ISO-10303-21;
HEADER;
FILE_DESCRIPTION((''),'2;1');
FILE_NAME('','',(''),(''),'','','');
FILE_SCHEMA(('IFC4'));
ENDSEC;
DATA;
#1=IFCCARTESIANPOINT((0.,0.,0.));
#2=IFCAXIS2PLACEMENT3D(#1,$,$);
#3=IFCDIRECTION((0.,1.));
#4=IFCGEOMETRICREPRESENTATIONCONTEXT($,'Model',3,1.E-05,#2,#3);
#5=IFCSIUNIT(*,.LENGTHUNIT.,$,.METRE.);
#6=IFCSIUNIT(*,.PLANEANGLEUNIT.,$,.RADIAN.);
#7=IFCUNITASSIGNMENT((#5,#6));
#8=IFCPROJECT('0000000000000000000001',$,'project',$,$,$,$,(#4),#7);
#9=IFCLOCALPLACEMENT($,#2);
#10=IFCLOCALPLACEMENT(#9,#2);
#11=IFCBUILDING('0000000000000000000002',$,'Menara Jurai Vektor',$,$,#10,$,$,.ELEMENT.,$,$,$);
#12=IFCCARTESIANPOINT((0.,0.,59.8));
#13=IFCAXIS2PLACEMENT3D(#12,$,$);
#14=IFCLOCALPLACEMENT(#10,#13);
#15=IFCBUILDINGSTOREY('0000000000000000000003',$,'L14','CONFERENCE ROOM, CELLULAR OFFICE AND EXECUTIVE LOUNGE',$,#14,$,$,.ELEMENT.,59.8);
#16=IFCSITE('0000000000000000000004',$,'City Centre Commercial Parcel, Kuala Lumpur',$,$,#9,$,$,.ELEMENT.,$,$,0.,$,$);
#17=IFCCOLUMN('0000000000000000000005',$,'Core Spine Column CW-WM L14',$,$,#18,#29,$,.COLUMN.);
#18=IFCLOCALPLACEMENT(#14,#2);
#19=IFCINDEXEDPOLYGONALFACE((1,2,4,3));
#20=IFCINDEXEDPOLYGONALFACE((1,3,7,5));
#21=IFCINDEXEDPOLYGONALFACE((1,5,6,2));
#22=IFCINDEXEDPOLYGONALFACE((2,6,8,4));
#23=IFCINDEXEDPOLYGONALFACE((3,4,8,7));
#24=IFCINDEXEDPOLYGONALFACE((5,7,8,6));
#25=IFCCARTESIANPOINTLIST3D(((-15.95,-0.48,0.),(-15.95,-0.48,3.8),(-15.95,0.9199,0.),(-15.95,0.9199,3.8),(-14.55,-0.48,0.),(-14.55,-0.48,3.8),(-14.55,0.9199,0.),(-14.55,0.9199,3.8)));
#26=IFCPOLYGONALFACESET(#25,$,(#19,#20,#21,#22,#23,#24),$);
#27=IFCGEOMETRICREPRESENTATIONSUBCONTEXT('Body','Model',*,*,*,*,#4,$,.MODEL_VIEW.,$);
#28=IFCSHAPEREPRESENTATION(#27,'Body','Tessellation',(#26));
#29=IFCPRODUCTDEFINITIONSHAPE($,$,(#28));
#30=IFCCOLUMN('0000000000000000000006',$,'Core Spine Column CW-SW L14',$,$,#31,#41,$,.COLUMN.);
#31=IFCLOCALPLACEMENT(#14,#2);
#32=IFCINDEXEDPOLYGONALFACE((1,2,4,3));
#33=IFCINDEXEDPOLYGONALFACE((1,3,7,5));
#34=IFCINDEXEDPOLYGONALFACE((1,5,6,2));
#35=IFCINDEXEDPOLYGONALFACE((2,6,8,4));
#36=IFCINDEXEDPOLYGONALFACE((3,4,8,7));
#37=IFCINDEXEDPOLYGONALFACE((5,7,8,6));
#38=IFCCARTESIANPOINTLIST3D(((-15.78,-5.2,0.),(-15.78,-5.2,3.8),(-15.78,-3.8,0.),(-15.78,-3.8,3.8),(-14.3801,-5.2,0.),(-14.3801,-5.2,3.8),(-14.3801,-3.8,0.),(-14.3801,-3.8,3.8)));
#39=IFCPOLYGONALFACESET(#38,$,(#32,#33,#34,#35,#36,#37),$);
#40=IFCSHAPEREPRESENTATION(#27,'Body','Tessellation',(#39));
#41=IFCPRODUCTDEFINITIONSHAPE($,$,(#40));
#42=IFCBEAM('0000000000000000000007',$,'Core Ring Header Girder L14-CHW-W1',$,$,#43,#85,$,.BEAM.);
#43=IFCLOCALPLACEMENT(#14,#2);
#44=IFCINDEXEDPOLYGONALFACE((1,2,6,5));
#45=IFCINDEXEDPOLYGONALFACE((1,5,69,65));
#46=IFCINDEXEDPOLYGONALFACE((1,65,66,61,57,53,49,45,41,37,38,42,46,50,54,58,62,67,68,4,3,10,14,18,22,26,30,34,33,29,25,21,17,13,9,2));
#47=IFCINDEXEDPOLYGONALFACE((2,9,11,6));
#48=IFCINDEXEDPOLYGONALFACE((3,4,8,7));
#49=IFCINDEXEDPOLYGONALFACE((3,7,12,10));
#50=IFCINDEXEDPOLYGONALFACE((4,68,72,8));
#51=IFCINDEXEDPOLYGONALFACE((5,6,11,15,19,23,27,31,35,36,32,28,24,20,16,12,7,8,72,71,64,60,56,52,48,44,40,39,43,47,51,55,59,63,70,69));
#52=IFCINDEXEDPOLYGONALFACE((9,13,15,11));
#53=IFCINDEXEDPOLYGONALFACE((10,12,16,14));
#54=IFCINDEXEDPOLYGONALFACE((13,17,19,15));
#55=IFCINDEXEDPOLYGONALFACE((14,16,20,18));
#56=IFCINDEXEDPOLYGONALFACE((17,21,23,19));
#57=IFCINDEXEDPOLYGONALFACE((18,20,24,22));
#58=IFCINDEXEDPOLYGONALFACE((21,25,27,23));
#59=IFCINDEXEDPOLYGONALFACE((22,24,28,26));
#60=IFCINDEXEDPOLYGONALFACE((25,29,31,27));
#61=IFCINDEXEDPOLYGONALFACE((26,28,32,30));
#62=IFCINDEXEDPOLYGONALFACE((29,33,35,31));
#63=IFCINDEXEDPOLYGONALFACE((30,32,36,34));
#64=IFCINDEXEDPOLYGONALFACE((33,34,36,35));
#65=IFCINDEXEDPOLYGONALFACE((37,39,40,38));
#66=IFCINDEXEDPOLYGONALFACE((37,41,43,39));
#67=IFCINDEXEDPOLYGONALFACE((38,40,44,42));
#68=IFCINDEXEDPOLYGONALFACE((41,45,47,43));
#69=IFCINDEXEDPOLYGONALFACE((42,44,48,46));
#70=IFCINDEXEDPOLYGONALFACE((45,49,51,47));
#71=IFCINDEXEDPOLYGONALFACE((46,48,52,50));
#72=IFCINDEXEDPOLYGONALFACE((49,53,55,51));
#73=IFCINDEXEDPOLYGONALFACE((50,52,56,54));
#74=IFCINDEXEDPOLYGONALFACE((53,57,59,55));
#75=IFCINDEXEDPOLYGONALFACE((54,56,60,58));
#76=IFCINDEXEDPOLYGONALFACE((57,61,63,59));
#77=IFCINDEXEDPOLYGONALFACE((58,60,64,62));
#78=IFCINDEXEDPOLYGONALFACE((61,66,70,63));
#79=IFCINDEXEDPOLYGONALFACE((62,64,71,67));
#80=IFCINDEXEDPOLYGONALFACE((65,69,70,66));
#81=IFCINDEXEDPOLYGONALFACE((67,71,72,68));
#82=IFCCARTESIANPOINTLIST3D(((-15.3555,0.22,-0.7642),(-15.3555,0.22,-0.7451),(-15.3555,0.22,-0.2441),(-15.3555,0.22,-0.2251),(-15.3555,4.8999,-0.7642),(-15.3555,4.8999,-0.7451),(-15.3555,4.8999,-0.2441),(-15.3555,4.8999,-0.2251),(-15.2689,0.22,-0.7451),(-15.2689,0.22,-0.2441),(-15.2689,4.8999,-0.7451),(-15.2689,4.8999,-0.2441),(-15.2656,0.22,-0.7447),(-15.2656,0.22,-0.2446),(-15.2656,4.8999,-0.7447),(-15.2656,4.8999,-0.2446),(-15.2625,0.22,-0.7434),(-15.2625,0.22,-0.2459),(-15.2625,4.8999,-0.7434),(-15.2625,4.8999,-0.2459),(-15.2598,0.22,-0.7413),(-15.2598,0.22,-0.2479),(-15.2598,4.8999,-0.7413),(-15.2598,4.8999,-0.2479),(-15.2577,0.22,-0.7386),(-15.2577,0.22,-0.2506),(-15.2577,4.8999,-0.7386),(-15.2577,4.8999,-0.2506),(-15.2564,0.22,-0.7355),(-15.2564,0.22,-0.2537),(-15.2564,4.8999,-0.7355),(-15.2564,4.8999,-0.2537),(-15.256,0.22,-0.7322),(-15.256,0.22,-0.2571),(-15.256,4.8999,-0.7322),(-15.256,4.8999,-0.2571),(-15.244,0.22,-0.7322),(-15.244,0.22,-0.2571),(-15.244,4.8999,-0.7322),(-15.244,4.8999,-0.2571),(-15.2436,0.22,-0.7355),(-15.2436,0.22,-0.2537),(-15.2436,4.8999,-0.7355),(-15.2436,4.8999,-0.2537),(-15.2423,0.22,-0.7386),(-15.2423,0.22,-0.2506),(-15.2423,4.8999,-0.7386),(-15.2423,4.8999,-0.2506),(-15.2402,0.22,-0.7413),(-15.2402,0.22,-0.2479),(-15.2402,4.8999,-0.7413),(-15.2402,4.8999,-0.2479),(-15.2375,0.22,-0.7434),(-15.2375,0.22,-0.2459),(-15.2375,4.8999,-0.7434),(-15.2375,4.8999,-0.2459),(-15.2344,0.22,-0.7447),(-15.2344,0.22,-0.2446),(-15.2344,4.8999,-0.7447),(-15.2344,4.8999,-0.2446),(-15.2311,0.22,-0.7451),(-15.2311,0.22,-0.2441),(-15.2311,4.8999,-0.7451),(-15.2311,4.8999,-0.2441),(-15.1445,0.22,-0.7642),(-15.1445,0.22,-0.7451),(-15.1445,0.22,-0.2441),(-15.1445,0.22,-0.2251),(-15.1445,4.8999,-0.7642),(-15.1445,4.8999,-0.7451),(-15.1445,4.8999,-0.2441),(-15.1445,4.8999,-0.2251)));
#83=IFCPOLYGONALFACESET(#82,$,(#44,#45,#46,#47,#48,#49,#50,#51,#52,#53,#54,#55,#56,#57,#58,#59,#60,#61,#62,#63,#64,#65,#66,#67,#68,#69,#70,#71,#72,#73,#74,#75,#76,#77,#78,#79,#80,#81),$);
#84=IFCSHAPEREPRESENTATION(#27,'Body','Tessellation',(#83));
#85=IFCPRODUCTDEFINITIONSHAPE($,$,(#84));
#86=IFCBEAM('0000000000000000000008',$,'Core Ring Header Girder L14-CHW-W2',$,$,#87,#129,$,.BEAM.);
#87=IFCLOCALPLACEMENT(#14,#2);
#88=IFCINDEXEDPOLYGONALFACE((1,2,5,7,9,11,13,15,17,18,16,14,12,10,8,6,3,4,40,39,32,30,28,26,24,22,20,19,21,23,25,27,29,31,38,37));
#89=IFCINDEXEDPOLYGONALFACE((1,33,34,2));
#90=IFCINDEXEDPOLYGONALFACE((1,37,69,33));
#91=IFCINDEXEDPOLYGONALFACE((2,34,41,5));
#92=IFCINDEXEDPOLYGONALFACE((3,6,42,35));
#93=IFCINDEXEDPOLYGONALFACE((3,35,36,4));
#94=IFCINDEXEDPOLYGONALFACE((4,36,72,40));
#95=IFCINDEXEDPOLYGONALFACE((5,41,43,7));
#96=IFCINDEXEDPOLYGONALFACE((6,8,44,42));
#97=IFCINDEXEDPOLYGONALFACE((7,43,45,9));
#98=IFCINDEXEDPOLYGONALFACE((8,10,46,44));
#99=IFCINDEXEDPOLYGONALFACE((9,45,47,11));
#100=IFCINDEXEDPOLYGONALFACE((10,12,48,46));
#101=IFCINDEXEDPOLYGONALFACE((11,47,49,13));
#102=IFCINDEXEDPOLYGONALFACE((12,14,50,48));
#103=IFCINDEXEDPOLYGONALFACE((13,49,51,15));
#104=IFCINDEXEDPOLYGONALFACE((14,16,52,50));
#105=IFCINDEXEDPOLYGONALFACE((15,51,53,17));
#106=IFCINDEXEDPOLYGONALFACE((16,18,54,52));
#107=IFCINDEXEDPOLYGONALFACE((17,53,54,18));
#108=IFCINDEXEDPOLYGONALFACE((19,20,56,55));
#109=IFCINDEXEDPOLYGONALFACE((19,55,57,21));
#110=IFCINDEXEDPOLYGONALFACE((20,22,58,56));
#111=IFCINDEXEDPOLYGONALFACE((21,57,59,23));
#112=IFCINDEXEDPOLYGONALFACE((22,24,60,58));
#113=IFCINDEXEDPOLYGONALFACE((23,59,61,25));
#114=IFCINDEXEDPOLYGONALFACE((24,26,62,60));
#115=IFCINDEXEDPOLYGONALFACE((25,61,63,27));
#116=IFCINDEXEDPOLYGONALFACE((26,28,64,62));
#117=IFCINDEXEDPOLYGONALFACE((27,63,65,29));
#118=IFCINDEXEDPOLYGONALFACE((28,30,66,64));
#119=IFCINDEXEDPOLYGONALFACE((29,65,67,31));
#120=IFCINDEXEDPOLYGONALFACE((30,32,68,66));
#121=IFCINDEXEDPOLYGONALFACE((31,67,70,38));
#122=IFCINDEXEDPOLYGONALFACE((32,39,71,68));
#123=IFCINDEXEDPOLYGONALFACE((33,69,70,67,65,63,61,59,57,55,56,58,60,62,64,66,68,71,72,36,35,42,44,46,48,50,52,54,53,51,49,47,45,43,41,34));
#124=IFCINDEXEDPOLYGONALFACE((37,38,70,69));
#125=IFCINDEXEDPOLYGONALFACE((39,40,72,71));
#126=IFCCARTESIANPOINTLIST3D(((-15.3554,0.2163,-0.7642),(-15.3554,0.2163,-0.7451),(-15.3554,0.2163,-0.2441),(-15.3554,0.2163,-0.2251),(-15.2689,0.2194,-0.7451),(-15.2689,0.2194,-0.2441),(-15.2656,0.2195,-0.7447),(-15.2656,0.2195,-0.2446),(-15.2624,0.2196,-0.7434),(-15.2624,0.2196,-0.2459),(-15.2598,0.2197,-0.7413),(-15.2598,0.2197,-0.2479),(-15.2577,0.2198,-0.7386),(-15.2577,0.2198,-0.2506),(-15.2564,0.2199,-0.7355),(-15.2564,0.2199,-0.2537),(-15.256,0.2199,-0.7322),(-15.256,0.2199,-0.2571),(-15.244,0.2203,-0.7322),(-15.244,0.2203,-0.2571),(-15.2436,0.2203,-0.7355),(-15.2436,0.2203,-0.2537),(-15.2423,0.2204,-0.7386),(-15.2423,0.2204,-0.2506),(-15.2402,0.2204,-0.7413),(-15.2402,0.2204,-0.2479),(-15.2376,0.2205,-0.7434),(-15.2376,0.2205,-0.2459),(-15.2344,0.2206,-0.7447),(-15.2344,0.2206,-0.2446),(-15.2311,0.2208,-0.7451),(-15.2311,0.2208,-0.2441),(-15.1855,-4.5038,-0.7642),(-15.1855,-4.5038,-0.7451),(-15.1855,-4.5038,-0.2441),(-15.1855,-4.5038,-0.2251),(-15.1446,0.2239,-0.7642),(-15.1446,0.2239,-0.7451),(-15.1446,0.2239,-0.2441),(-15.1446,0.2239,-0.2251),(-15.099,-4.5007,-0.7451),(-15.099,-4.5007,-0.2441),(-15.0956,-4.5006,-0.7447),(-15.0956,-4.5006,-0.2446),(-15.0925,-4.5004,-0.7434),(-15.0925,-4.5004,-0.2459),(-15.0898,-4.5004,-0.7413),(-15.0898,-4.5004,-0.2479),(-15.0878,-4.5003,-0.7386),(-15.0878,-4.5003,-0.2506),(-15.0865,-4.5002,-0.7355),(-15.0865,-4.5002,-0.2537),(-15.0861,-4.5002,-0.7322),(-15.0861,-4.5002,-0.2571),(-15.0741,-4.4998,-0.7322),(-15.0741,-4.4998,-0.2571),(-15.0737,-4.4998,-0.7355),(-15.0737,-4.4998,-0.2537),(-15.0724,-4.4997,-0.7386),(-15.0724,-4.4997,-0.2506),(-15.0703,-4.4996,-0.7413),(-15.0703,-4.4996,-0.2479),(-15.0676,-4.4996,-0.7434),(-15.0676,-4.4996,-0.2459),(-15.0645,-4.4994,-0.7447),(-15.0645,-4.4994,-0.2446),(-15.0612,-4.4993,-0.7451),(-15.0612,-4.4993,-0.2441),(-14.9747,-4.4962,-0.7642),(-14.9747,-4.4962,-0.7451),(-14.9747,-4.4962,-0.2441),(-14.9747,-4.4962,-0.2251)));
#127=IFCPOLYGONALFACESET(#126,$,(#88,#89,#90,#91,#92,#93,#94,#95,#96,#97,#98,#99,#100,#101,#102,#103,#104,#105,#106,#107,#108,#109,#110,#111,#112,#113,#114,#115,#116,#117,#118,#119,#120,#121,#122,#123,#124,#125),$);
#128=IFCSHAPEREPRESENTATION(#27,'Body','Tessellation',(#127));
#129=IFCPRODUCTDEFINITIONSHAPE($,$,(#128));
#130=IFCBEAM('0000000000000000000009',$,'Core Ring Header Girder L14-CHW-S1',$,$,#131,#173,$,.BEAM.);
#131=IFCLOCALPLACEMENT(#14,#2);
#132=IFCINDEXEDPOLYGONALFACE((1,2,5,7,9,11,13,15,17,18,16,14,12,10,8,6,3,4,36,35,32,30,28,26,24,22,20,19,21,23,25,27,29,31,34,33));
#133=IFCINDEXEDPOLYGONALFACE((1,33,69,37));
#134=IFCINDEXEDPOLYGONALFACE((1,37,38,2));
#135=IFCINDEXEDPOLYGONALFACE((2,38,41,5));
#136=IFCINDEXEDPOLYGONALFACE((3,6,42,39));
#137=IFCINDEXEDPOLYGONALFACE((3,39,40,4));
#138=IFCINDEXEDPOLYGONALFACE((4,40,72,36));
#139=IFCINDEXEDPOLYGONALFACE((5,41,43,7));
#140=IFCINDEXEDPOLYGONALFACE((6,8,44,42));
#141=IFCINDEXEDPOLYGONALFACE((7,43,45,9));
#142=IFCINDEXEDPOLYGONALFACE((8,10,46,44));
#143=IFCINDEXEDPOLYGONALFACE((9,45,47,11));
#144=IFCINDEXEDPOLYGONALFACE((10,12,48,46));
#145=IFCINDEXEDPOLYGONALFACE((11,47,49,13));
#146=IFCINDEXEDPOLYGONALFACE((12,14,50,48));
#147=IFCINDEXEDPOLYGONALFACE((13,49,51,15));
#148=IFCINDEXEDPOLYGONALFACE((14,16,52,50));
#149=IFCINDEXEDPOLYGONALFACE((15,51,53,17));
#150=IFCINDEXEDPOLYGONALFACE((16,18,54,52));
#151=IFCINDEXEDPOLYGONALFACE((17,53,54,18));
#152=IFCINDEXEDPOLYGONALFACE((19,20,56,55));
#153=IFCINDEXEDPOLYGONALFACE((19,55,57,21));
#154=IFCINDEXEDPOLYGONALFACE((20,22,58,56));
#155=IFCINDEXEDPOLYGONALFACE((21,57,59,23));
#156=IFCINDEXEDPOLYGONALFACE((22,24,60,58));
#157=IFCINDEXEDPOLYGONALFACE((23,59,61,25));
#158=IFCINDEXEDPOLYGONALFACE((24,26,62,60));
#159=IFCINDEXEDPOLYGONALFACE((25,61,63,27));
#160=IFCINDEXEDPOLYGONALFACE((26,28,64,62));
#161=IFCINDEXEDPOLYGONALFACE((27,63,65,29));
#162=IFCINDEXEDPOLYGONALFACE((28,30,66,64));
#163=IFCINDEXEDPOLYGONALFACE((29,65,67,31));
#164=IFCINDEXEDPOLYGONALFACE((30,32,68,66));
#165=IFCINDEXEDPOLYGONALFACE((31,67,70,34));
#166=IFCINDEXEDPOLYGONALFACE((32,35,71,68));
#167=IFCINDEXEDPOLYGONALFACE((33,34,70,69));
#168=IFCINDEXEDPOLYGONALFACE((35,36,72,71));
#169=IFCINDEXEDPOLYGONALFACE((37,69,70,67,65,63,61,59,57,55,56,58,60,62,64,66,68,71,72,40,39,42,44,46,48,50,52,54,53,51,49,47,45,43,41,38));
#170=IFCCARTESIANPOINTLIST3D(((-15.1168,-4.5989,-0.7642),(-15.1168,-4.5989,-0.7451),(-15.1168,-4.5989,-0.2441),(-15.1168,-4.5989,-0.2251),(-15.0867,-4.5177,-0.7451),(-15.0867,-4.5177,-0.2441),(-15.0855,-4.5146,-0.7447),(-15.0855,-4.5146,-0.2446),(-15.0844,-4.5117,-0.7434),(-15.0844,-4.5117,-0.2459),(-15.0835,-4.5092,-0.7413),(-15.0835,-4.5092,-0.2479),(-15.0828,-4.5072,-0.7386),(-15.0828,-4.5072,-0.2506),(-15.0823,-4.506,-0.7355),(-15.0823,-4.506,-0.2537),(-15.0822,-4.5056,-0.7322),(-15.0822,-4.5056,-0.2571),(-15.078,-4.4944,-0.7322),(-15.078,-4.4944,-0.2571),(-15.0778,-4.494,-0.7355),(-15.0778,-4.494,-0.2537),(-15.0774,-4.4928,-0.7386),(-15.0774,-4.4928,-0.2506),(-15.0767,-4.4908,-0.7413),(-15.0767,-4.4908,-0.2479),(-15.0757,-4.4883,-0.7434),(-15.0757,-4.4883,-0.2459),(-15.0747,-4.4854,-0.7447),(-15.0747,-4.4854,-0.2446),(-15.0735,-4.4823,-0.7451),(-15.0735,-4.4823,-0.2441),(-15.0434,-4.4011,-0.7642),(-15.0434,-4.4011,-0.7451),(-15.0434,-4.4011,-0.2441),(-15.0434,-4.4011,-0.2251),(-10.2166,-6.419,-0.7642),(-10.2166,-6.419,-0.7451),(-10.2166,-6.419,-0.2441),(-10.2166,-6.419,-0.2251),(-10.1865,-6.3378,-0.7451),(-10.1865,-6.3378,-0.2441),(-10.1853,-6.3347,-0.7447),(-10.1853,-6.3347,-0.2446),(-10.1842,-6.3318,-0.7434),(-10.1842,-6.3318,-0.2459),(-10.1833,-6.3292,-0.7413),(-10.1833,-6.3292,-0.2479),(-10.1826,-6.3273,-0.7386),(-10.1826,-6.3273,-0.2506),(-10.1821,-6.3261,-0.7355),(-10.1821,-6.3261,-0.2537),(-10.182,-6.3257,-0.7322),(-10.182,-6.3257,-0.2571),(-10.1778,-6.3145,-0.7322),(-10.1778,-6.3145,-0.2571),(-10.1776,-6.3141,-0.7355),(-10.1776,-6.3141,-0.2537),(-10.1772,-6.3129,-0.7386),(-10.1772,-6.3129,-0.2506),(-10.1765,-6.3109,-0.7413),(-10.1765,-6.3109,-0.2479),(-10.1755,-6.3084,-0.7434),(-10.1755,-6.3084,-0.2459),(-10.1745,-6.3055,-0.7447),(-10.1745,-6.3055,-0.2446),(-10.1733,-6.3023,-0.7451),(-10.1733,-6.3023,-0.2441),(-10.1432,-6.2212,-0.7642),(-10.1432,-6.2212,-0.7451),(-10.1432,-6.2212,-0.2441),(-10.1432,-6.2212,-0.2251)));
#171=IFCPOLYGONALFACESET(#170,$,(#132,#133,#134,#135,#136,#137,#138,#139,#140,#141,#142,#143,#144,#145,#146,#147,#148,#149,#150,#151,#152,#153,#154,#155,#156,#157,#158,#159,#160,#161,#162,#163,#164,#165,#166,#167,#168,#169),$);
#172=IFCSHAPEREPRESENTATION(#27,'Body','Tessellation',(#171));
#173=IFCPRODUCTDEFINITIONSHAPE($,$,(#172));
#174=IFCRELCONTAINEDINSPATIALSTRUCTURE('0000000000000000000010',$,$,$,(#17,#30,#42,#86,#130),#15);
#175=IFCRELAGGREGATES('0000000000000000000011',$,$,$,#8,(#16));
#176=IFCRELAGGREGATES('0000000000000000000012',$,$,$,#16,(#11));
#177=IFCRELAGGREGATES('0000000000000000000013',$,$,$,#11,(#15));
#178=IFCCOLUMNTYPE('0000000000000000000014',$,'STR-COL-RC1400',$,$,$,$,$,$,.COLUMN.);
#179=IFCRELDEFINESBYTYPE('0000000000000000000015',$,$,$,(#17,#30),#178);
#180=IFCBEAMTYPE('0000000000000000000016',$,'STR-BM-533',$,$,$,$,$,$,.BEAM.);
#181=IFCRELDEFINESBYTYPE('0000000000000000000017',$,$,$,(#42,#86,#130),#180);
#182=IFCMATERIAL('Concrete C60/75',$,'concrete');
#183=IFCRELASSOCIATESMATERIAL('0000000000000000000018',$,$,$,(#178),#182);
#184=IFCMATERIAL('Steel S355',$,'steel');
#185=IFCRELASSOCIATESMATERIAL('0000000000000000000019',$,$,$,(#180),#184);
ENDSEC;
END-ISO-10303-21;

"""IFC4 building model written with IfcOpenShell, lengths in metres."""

from ifc_helpers import new_model, si_unit, direction, frame, origin, origin_2d, place, context, subcontext, project, spatial, rectangle, i_section, extrude, material, material_profile, profile_set, type_object, element, save


model = new_model("IFC4")

# Units and contexts
model_context = context("Model", 3, precision=1e-05, world=origin(), true_north=direction((0.0, 1.0)))
body_context = subcontext(model_context, "Body", "Model", "MODEL_VIEW")
ifc_project = project(units=[si_unit("LENGTHUNIT", "METRE"), si_unit("PLANEANGLEUNIT", "RADIAN")], contexts=[model_context])

# Site, building, storey
site_placement = place(None, origin())
site = spatial("IfcSite", under=ifc_project, at=site_placement, Name="City Centre Commercial Parcel, Kuala Lumpur", CompositionType="ELEMENT", RefElevation=0.0)
building_placement = place(site_placement, origin())
building = spatial("IfcBuilding", under=site, at=building_placement, Name="Menara Jurai Vektor", CompositionType="ELEMENT")
storey_placement = place(building_placement, frame((0.0, 0.0, 59.8)))
storey = spatial("IfcBuildingStorey", under=building, at=storey_placement, Name="L14", Description="CONFERENCE ROOM, CELLULAR OFFICE AND EXECUTIVE LOUNGE", CompositionType="ELEMENT", Elevation=59.8)

# Columns
ifc_material_1 = material(Name="Concrete C60/75", Category="concrete")
ifc_material_profile_1 = material_profile(ifc_material_1, rectangle(XDim=1.3999, YDim=1.3999, at=origin_2d()), Name="RC 1400x1400")
ifc_profile_set_1 = profile_set([ifc_material_profile_1], Name="Concrete C60/75")
column_type = type_object("IfcColumnType", Name="STR-COL-RC1400", PredefinedType="COLUMN", material=ifc_profile_set_1)
for number, where, z_axis, x_axis, name in (
    (1, (-15.25, 0.22, 0.0), (0.0, 0.0, 1.0), (1.0, 0.0, 0.0), "Core Spine Column CW-WM L14"),
    (2, (-15.0801, -4.5, 0.0), (0.0, 0.0, 1.0), (1.0, 0.0, 0.0), "Core Spine Column CW-SW L14"),
):
    element("IfcColumn", number, at=place(storey_placement, frame(where, z_axis=z_axis, x_axis=x_axis)), inside=storey, type_object=column_type, Name=name, PredefinedType="COLUMN", context=body_context, shape_type="SweptSolid", body=[
        extrude(rectangle(XDim=1.3999, YDim=1.3999, at=origin_2d()), origin(), (0.0, 0.0, 1.0), 3.8),
    ])

# Beams
ifc_material_2 = material(Name="Steel S355", Category="steel")
ifc_material_profile_2 = material_profile(ifc_material_2, i_section(OverallWidth=0.2109, OverallDepth=0.5391, WebThickness=0.012, FlangeThickness=0.019, FilletRadius=0.0129, at=origin_2d()), Name="UKB 533x210x109")
ifc_profile_set_2 = profile_set([ifc_material_profile_2], Name="Steel S355")
beam_type = type_object("IfcBeamType", Name="STR-BM-533", PredefinedType="BEAM", material=ifc_profile_set_2)
beam_1_placement = place(storey_placement, frame((-15.25, 0.22, -0.4946), z_axis=(0.0, 1.0, 0.0), x_axis=(-1.0, 0.0, 0.0)))
element("IfcBeam", 3, at=beam_1_placement, inside=storey, type_object=beam_type, Name="Core Ring Header Girder L14-CHW-W1", PredefinedType="BEAM", context=body_context, shape_type="SweptSolid", body=[
    extrude(i_section(OverallWidth=0.2109, OverallDepth=0.5391, WebThickness=0.012, FlangeThickness=0.019, FilletRadius=0.0129, at=origin_2d()), origin(), (0.0, 0.0, 1.0), 4.6799),
])
beam_2_placement = place(storey_placement, frame((-15.0801, -4.5, -0.4946), z_axis=(-0.035977, 0.999353, 0.0), x_axis=(-0.999353, -0.035977, 0.0)))
element("IfcBeam", 4, at=beam_2_placement, inside=storey, type_object=beam_type, Name="Core Ring Header Girder L14-CHW-W2", PredefinedType="BEAM", context=body_context, shape_type="SweptSolid", body=[
    extrude(i_section(OverallWidth=0.2109, OverallDepth=0.5391, WebThickness=0.012, FlangeThickness=0.019, FilletRadius=0.0129, at=origin_2d()), origin(), (0.0, 0.0, 1.0), 4.7231),
])
beam_3_placement = place(storey_placement, frame((-15.0801, -4.5, -0.4946), z_axis=(0.937424, -0.348189, 0.0), x_axis=(0.348189, 0.937424, 0.0)))
element("IfcBeam", 5, at=beam_3_placement, inside=storey, type_object=beam_type, Name="Core Ring Header Girder L14-CHW-S1", PredefinedType="BEAM", context=body_context, shape_type="SweptSolid", body=[
    extrude(i_section(OverallWidth=0.2109, OverallDepth=0.5391, WebThickness=0.012, FlangeThickness=0.019, FilletRadius=0.0129, at=origin_2d()), origin(), (0.0, 0.0, 1.0), 5.2273),
])

save(model, "model.ifc")
